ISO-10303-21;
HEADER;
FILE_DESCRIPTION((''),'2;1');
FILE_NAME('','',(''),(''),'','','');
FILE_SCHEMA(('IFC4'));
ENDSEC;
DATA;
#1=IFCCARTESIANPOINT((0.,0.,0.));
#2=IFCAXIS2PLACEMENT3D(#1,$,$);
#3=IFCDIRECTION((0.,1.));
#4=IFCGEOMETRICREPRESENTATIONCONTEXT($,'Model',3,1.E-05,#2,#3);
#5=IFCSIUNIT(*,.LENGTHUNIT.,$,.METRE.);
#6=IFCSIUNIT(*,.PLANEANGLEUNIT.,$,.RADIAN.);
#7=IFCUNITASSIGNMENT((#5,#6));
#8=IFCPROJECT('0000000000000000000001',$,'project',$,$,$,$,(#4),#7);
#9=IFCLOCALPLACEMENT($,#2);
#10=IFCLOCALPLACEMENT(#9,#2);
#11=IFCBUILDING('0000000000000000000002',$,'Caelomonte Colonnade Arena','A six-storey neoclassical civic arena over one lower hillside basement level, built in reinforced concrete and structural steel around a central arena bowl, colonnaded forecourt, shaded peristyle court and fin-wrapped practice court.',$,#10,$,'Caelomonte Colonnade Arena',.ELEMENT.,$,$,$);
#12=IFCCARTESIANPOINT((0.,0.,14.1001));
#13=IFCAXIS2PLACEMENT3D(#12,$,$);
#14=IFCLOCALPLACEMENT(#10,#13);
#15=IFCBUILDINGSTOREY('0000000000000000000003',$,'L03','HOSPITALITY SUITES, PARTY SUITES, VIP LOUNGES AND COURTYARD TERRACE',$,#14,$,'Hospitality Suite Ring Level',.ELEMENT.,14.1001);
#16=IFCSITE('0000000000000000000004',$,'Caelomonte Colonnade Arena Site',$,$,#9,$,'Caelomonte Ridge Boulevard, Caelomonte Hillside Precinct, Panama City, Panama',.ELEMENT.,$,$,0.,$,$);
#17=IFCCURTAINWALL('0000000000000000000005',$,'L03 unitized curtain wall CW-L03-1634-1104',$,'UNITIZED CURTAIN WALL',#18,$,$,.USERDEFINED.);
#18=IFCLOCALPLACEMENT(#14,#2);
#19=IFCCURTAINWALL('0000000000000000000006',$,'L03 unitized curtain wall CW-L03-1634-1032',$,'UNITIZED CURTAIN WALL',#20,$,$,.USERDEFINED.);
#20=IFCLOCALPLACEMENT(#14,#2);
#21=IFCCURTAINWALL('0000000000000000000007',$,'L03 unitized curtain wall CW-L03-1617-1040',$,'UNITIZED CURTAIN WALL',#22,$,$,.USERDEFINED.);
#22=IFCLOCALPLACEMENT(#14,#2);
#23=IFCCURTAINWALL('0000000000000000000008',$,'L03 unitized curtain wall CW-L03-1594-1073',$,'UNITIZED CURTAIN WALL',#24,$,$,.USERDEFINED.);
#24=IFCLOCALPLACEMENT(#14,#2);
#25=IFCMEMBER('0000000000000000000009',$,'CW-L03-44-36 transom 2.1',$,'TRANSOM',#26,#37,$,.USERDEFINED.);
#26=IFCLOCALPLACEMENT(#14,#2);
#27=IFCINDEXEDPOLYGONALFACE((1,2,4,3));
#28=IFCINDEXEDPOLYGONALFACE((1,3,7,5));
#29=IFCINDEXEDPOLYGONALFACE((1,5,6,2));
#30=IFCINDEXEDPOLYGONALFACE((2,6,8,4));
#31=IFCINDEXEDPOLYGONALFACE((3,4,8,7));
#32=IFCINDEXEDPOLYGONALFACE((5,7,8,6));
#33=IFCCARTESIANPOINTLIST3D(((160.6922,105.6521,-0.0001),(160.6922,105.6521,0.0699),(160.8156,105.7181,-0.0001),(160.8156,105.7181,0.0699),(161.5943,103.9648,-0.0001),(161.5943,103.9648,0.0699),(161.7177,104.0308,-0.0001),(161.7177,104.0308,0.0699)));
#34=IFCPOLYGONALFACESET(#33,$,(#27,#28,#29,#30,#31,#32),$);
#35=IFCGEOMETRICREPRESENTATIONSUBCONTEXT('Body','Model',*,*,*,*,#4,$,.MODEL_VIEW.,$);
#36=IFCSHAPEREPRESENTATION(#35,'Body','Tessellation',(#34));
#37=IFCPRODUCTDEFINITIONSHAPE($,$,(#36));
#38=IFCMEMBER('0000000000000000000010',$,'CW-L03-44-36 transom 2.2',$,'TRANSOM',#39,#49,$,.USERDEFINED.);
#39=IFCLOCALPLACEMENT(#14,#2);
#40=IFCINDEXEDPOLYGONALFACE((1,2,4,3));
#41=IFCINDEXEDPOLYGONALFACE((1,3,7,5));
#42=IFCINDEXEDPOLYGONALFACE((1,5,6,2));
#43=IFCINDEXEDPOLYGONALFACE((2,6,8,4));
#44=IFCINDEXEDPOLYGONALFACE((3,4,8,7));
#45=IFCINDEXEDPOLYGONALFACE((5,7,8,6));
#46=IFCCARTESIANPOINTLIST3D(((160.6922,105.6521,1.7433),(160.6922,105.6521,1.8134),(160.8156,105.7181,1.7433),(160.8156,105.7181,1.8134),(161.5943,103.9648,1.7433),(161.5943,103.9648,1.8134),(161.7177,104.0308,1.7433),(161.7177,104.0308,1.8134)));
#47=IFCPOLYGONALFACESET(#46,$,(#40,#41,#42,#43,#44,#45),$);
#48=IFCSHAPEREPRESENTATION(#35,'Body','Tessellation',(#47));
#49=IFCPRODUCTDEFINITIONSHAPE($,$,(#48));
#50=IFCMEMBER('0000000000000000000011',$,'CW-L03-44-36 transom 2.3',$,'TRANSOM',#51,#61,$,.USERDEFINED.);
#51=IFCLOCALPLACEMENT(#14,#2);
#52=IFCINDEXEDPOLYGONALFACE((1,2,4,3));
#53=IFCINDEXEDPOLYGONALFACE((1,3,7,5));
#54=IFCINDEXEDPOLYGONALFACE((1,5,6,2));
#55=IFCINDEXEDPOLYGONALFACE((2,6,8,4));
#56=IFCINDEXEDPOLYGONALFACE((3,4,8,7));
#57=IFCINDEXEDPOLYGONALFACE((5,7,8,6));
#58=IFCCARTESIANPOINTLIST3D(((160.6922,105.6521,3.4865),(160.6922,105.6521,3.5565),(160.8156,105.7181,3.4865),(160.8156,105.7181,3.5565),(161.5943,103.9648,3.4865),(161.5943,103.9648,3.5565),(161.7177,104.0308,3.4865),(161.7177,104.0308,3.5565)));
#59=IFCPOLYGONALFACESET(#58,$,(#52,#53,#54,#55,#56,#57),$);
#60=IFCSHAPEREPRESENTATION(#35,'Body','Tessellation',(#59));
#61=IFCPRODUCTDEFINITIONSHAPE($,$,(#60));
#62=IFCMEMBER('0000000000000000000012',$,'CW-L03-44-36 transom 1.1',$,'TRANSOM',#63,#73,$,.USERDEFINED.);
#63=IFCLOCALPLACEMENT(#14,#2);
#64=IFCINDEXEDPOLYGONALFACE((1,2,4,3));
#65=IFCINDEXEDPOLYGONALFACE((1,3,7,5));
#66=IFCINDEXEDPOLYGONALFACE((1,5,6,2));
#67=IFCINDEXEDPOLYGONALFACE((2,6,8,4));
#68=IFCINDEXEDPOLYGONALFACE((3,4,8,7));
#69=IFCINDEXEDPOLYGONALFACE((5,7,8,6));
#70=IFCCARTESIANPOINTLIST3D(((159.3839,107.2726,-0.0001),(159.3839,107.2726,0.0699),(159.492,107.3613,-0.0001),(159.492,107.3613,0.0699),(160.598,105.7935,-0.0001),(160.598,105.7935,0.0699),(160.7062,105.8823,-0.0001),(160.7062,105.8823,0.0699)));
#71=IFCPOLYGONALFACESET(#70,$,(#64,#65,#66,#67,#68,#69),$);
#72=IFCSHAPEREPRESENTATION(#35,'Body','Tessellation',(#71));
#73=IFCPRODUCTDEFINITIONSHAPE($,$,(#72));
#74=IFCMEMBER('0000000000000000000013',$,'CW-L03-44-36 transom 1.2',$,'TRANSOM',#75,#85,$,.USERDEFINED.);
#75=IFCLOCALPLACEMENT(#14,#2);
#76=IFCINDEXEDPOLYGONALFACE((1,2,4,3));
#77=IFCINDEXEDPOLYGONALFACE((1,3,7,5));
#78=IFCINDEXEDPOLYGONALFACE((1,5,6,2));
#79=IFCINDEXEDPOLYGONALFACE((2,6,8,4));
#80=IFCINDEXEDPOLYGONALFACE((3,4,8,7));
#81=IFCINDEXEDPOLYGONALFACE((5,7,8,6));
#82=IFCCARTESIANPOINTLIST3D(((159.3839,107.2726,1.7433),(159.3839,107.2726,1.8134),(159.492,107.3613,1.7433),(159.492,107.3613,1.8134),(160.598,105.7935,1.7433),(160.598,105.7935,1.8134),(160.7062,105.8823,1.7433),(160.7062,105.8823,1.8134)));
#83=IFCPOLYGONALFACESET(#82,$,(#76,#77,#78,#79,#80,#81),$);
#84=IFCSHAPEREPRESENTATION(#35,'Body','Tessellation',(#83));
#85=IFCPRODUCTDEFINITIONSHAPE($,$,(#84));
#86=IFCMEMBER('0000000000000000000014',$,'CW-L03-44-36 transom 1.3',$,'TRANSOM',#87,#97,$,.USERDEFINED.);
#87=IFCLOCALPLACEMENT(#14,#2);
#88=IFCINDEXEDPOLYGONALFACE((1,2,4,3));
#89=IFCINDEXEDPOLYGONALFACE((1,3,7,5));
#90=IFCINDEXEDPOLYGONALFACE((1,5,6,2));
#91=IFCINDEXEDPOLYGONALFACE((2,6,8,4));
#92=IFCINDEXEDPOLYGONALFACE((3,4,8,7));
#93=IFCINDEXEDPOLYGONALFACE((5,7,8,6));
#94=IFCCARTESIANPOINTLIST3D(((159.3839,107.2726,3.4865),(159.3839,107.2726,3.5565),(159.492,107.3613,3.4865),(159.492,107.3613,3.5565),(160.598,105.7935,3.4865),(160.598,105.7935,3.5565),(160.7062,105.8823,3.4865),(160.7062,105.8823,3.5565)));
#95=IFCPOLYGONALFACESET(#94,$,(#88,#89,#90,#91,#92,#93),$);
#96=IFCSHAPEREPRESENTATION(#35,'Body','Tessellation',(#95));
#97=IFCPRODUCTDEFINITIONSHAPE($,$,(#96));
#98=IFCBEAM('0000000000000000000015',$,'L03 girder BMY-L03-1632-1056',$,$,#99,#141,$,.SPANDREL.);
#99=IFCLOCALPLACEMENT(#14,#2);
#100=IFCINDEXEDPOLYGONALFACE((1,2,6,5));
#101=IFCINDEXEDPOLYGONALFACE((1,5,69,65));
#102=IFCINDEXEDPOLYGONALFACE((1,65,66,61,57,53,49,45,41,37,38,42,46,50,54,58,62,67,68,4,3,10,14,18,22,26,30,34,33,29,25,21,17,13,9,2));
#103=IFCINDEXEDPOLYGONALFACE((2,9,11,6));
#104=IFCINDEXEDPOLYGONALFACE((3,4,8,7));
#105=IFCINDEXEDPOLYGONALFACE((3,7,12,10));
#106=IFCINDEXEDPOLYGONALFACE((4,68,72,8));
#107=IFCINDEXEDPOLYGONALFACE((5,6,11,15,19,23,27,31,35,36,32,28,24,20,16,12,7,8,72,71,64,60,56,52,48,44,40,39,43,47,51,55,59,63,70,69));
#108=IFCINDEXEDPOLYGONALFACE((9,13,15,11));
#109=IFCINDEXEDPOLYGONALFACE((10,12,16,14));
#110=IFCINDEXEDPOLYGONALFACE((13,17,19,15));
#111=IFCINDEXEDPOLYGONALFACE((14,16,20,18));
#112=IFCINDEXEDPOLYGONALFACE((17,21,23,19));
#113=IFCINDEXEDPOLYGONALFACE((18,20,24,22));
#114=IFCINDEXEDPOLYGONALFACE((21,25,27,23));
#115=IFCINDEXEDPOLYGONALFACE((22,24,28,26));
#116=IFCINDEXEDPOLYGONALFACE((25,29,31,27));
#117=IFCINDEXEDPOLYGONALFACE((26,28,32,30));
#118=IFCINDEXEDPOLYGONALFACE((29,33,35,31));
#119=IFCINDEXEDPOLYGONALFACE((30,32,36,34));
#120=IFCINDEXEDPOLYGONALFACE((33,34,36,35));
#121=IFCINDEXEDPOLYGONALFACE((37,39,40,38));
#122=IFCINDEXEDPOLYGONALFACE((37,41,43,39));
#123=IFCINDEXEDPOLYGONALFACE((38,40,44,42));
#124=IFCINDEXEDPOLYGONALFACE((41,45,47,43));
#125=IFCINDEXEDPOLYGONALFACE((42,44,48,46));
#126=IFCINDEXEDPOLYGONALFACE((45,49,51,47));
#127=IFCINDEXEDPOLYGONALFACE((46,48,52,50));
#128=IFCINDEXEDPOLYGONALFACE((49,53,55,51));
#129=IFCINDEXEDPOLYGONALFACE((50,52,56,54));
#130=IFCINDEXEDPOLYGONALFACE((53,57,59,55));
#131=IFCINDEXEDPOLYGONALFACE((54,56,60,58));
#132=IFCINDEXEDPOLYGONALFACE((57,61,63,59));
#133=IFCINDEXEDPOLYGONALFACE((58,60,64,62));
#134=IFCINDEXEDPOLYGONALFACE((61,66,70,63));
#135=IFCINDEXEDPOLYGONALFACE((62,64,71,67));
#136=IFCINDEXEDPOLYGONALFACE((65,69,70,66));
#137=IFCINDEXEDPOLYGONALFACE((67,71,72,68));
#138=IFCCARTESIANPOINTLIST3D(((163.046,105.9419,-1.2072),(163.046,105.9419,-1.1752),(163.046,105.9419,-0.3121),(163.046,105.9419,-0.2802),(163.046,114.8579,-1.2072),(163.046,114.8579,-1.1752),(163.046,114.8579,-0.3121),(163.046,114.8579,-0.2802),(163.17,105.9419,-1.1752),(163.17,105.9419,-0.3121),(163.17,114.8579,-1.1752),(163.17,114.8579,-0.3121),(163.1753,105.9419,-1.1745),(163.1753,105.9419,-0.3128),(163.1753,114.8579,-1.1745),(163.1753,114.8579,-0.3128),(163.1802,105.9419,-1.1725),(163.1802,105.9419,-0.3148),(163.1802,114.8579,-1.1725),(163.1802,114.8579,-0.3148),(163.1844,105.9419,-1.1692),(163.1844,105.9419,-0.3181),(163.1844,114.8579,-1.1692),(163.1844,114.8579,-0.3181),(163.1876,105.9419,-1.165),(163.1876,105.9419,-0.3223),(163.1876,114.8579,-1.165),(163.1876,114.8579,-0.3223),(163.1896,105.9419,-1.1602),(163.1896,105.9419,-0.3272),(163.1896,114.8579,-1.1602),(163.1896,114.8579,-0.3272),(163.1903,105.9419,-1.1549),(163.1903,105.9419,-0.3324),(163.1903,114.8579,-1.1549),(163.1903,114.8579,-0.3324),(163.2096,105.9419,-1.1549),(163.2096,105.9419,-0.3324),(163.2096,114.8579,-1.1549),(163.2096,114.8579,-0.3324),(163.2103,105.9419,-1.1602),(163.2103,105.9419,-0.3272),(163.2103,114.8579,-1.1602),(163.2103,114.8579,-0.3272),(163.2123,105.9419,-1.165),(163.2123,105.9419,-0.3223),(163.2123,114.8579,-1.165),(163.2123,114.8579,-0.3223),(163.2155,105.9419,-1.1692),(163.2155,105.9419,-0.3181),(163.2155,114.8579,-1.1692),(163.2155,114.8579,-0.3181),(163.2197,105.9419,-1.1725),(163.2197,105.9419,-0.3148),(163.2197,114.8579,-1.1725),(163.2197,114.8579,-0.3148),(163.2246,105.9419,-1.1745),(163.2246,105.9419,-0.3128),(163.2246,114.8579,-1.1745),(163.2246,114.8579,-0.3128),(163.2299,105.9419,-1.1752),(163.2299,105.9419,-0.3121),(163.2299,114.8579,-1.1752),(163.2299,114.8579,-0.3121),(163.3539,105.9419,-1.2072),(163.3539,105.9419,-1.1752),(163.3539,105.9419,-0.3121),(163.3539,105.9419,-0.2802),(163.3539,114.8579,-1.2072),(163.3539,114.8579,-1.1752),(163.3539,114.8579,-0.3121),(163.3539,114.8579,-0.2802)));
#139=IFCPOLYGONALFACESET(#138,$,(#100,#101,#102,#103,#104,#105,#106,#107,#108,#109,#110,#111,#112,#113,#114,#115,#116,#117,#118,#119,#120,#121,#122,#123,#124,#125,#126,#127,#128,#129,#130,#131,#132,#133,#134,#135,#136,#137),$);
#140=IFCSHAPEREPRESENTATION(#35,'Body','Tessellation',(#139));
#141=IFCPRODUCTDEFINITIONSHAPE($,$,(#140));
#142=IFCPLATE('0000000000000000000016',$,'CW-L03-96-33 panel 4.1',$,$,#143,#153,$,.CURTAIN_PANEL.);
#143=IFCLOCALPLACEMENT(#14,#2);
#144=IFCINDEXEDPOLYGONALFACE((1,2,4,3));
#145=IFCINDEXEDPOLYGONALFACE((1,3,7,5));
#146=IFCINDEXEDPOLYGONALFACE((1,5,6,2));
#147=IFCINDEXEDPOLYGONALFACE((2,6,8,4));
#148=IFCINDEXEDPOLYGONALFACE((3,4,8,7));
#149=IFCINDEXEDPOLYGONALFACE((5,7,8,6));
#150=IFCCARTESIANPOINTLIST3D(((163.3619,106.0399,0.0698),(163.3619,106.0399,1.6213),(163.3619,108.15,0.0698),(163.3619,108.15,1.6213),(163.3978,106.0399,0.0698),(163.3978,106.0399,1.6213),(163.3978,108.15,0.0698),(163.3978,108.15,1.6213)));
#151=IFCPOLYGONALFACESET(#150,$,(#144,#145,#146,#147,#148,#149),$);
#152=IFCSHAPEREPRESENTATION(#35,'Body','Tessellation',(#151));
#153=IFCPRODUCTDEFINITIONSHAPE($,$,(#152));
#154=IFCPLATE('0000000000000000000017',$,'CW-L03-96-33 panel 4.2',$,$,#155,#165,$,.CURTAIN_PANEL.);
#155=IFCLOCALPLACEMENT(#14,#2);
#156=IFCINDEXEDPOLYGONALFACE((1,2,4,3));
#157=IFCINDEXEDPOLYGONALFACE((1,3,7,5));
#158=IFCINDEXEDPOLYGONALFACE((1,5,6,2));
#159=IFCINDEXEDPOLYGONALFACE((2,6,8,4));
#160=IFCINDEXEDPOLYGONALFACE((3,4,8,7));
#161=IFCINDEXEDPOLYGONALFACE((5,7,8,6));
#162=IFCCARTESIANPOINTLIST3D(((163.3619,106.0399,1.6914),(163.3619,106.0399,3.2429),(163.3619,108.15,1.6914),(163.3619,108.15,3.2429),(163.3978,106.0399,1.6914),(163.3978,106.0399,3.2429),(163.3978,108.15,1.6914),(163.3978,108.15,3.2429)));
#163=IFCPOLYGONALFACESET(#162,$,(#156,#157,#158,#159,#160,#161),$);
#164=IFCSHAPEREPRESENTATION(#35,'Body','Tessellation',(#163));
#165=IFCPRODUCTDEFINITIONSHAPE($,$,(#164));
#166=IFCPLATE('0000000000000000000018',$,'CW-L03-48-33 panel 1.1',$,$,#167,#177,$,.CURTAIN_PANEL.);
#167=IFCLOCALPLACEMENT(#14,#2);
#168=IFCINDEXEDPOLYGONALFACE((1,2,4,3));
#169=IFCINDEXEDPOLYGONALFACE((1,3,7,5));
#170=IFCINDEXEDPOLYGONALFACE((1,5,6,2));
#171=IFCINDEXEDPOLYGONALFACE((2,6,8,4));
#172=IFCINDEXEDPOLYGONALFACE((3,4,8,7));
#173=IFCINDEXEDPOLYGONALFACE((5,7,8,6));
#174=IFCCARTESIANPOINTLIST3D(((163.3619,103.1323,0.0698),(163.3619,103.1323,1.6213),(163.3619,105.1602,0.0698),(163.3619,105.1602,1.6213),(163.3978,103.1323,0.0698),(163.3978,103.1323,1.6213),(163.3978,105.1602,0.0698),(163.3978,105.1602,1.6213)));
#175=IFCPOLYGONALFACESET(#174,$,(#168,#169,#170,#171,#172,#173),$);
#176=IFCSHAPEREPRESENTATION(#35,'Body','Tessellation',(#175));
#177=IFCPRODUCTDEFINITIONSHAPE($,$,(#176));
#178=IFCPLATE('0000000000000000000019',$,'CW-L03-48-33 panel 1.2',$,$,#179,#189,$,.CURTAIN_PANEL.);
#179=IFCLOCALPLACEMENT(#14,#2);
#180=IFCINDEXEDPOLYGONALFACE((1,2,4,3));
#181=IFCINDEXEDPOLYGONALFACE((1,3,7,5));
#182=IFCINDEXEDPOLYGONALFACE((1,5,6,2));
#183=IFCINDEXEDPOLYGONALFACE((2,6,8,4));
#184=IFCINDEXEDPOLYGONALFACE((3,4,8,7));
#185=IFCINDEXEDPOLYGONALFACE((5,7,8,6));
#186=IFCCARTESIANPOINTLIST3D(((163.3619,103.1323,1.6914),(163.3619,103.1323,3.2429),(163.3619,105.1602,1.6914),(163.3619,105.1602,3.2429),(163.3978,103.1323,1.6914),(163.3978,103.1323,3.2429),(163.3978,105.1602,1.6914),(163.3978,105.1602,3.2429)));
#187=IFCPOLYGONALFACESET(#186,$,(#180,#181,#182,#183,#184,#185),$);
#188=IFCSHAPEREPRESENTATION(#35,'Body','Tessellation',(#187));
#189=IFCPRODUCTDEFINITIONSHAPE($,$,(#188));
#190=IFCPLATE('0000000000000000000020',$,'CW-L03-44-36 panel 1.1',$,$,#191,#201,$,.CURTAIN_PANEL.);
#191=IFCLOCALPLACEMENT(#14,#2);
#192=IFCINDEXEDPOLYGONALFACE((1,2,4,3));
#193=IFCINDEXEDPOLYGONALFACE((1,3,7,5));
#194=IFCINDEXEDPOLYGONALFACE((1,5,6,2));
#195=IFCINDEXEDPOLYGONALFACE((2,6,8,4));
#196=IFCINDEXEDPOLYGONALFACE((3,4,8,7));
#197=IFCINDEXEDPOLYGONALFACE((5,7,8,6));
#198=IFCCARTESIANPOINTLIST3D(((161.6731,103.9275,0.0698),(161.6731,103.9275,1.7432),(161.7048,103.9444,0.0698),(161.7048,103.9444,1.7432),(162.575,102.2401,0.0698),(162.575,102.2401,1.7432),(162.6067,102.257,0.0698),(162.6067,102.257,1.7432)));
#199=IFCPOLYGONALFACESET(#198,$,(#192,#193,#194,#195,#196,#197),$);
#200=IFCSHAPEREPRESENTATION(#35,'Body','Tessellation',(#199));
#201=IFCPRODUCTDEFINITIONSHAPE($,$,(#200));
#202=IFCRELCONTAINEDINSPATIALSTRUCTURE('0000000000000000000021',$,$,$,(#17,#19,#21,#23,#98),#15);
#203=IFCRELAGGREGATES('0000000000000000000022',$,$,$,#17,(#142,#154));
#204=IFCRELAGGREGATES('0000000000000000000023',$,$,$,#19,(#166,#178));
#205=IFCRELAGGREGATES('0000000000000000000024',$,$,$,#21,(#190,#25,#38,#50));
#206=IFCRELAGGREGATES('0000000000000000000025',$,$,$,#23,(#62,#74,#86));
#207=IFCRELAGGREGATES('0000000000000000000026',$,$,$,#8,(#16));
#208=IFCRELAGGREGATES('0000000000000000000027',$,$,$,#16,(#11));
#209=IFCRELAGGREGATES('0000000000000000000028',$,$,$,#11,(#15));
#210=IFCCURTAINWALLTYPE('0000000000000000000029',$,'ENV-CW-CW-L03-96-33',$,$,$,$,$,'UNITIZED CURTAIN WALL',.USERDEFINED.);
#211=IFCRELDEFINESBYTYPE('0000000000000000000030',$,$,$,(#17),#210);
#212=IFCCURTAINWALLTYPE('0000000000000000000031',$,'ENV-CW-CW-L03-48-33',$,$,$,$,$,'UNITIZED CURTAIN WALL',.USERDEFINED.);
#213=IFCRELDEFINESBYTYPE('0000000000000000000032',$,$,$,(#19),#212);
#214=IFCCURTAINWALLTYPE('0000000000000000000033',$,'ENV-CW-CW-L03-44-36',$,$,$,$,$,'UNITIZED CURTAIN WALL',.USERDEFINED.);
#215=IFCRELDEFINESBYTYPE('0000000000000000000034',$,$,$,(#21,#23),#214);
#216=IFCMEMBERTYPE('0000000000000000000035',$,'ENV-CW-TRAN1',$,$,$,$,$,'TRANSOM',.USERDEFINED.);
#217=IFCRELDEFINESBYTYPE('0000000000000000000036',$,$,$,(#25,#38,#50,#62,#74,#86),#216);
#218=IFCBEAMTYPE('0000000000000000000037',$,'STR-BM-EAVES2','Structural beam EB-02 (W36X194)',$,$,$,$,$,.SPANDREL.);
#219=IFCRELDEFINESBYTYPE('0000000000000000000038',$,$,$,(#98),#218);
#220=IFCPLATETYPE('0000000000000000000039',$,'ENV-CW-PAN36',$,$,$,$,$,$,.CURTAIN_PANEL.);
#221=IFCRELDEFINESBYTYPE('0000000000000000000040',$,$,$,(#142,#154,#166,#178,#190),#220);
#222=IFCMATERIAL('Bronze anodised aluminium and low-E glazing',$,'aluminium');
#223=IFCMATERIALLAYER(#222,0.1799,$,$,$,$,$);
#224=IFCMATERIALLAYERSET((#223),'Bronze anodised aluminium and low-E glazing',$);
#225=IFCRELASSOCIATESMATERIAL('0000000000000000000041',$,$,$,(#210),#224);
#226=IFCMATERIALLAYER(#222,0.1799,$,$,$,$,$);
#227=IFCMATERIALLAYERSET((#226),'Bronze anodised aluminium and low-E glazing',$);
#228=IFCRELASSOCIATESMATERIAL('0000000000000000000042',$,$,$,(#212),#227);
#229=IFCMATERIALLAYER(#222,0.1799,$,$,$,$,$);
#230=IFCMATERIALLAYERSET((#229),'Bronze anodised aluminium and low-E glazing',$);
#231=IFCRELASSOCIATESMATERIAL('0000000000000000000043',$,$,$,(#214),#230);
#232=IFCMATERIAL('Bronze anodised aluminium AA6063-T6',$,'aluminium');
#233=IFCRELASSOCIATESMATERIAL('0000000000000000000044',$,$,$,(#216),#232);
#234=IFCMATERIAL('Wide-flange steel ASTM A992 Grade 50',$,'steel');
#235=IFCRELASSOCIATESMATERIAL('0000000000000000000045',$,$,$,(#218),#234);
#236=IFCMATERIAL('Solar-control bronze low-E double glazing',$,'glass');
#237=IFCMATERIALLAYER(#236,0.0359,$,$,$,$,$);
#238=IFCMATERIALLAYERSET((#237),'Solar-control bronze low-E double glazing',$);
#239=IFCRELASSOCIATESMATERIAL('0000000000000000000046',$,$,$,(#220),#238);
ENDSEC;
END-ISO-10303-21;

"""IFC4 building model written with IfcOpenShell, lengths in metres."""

from ifc_helpers import new_model, si_unit, direction, frame, origin, origin_2d, place, context, subcontext, project, spatial, rectangle, i_section, extrude, material, layer, layer_set, material_profile, profile_set, type_object, element, aggregate, save


model = new_model("IFC4")

# Units and contexts
model_context = context("Model", 3, precision=1e-05, world=origin(), true_north=direction((0.0, 1.0)))
body_context = subcontext(model_context, "Body", "Model", "MODEL_VIEW")
ifc_project = project(units=[si_unit("LENGTHUNIT", "METRE"), si_unit("PLANEANGLEUNIT", "RADIAN")], contexts=[model_context])

# Site, building, storey
site_placement = place(None, origin())
site = spatial("IfcSite", under=ifc_project, at=site_placement, Name="Caelomonte Colonnade Arena Site", LongName="Caelomonte Ridge Boulevard, Caelomonte Hillside Precinct, Panama City, Panama", CompositionType="ELEMENT", RefElevation=0.0)
building_placement = place(site_placement, origin())
building = spatial("IfcBuilding", under=site, at=building_placement, Name="Caelomonte Colonnade Arena", Description="A six-storey neoclassical civic arena over one lower hillside basement level, built in reinforced concrete and structural steel around a central arena bowl, colonnaded forecourt, shaded peristyle court and fin-wrapped practice court.", LongName="Caelomonte Colonnade Arena", CompositionType="ELEMENT")
storey_placement = place(building_placement, frame((0.0, 0.0, 14.1001)))
storey = spatial("IfcBuildingStorey", under=building, at=storey_placement, Name="L03", Description="HOSPITALITY SUITES, PARTY SUITES, VIP LOUNGES AND COURTYARD TERRACE", LongName="Hospitality Suite Ring Level", CompositionType="ELEMENT", Elevation=14.1001)

# Curtain wall
ifc_material_1 = material(Name="Bronze anodised aluminium and low-E glazing", Category="aluminium")
ifc_layer_1 = layer(ifc_material_1, 0.1799)
ifc_layer_set_1 = layer_set([ifc_layer_1], Name="Bronze anodised aluminium and low-E glazing")
curtain_wall_type_1 = type_object("IfcCurtainWallType", Name="ENV-CW-CW-L03-96-33", ElementType="UNITIZED CURTAIN WALL", PredefinedType="USERDEFINED", material=ifc_layer_set_1)
curtain_wall_1_placement = place(storey_placement, origin())
curtain_wall_1 = element("IfcCurtainWall", 1, at=curtain_wall_1_placement, inside=storey, type_object=curtain_wall_type_1, Name="L03 unitized curtain wall CW-L03-1634-1104", ObjectType="UNITIZED CURTAIN WALL", PredefinedType="USERDEFINED")
ifc_material_2 = material(Name="Bronze anodised aluminium AA6063-T6", Category="aluminium")

# Curtain walls
ifc_layer_2 = layer(ifc_material_1, 0.1799)
ifc_layer_set_2 = layer_set([ifc_layer_2], Name="Bronze anodised aluminium and low-E glazing")
curtain_wall_type_2 = type_object("IfcCurtainWallType", Name="ENV-CW-CW-L03-48-33", ElementType="UNITIZED CURTAIN WALL", PredefinedType="USERDEFINED", material=ifc_layer_set_2)
curtain_wall_2_placement = place(storey_placement, origin())
curtain_wall_2 = element("IfcCurtainWall", 2, at=curtain_wall_2_placement, inside=storey, type_object=curtain_wall_type_2, Name="L03 unitized curtain wall CW-L03-1634-1032", ObjectType="UNITIZED CURTAIN WALL", PredefinedType="USERDEFINED")
ifc_layer_3 = layer(ifc_material_1, 0.1799)
ifc_layer_set_3 = layer_set([ifc_layer_3], Name="Bronze anodised aluminium and low-E glazing")
curtain_wall_type_3 = type_object("IfcCurtainWallType", Name="ENV-CW-CW-L03-44-36", ElementType="UNITIZED CURTAIN WALL", PredefinedType="USERDEFINED", material=ifc_layer_set_3)
curtain_wall_3_placement = place(storey_placement, origin())
curtain_wall_3 = element("IfcCurtainWall", 3, at=curtain_wall_3_placement, inside=storey, type_object=curtain_wall_type_3, Name="L03 unitized curtain wall CW-L03-1617-1040", ObjectType="UNITIZED CURTAIN WALL", PredefinedType="USERDEFINED")
curtain_wall_4_placement = place(storey_placement, origin())
curtain_wall_4 = element("IfcCurtainWall", 4, at=curtain_wall_4_placement, inside=storey, type_object=curtain_wall_type_3, Name="L03 unitized curtain wall CW-L03-1594-1073", ObjectType="UNITIZED CURTAIN WALL", PredefinedType="USERDEFINED")

# Members
ifc_material_profile_1 = material_profile(ifc_material_2, rectangle(XDim=0.0701, YDim=0.1399, at=origin_2d()), Name="CWT-70X140")
ifc_profile_set_1 = profile_set([ifc_material_profile_1], Name="Bronze anodised aluminium AA6063-T6")
member_type_1 = type_object("IfcMemberType", Name="ENV-CW-TRAN1", ElementType="TRANSOM", PredefinedType="USERDEFINED", material=ifc_profile_set_1)
member_1_placement = place(storey_placement, frame((161.656, 103.9978, 0.0349), z_axis=(-0.471495, 0.881869, 0.0), x_axis=(0.0, 0.0, 1.0)))
member_1 = element("IfcMember", 5, at=member_1_placement, type_object=member_type_1, Name="CW-L03-44-36 transom 2.1", ObjectType="TRANSOM", PredefinedType="USERDEFINED", context=body_context, shape_type="SweptSolid", body=[
    extrude(rectangle(XDim=0.0701, YDim=0.1399, at=origin_2d()), origin(), (0.0, 0.0, 1.0), 1.9133),
])
member_2_placement = place(storey_placement, frame((161.656, 103.9978, 1.7783), z_axis=(-0.471495, 0.881869, 0.0), x_axis=(0.0, 0.0, 1.0)))
member_2 = element("IfcMember", 6, at=member_2_placement, type_object=member_type_1, Name="CW-L03-44-36 transom 2.2", ObjectType="TRANSOM", PredefinedType="USERDEFINED", context=body_context, shape_type="SweptSolid", body=[
    extrude(rectangle(XDim=0.0701, YDim=0.1399, at=origin_2d()), origin(), (0.0, 0.0, 1.0), 1.9133),
])
member_3_placement = place(storey_placement, frame((161.656, 103.9978, 3.5215), z_axis=(-0.471495, 0.881869, 0.0), x_axis=(0.0, 0.0, 1.0)))
member_3 = element("IfcMember", 7, at=member_3_placement, type_object=member_type_1, Name="CW-L03-44-36 transom 2.3", ObjectType="TRANSOM", PredefinedType="USERDEFINED", context=body_context, shape_type="SweptSolid", body=[
    extrude(rectangle(XDim=0.0701, YDim=0.1399, at=origin_2d()), origin(), (0.0, 0.0, 1.0), 1.9133),
])
member_4_placement = place(storey_placement, frame((160.6521, 105.8379, 0.0349), z_axis=(-0.634495, 0.772927, 0.0), x_axis=(0.0, 0.0, 1.0)))
member_4 = element("IfcMember", 8, at=member_4_placement, type_object=member_type_1, Name="CW-L03-44-36 transom 1.1", ObjectType="TRANSOM", PredefinedType="USERDEFINED", context=body_context, shape_type="SweptSolid", body=[
    extrude(rectangle(XDim=0.0701, YDim=0.1399, at=origin_2d()), origin(), (0.0, 0.0, 1.0), 1.9136),
])
member_5_placement = place(storey_placement, frame((160.6521, 105.8379, 1.7783), z_axis=(-0.634495, 0.772927, 0.0), x_axis=(0.0, 0.0, 1.0)))
member_5 = element("IfcMember", 9, at=member_5_placement, type_object=member_type_1, Name="CW-L03-44-36 transom 1.2", ObjectType="TRANSOM", PredefinedType="USERDEFINED", context=body_context, shape_type="SweptSolid", body=[
    extrude(rectangle(XDim=0.0701, YDim=0.1399, at=origin_2d()), origin(), (0.0, 0.0, 1.0), 1.9136),
])
member_6_placement = place(storey_placement, frame((160.6521, 105.8379, 3.5215), z_axis=(-0.634495, 0.772927, 0.0), x_axis=(0.0, 0.0, 1.0)))
member_6 = element("IfcMember", 10, at=member_6_placement, type_object=member_type_1, Name="CW-L03-44-36 transom 1.3", ObjectType="TRANSOM", PredefinedType="USERDEFINED", context=body_context, shape_type="SweptSolid", body=[
    extrude(rectangle(XDim=0.0701, YDim=0.1399, at=origin_2d()), origin(), (0.0, 0.0, 1.0), 1.9136),
])

# Beam
ifc_material_3 = material(Name="Wide-flange steel ASTM A992 Grade 50", Category="steel")
ifc_material_profile_2 = material_profile(ifc_material_3, i_section(OverallWidth=0.3079, OverallDepth=0.927, WebThickness=0.0193, FlangeThickness=0.032, FilletRadius=0.0203, at=origin_2d()), Name="W36X194")
ifc_profile_set_2 = profile_set([ifc_material_profile_2], Name="Wide-flange steel ASTM A992 Grade 50")
beam_type = type_object("IfcBeamType", Name="STR-BM-EAVES2", Description="Structural beam EB-02 (W36X194)", PredefinedType="SPANDREL", material=ifc_profile_set_2)
beam_placement = place(storey_placement, frame((163.2, 105.9419, -0.7437), z_axis=(0.0, 1.0, 0.0), x_axis=(-1.0, 0.0, 0.0)))
element("IfcBeam", 11, at=beam_placement, inside=storey, type_object=beam_type, Name="L03 girder BMY-L03-1632-1056", PredefinedType="SPANDREL", context=body_context, shape_type="SweptSolid", body=[
    extrude(i_section(OverallWidth=0.3079, OverallDepth=0.927, WebThickness=0.0193, FlangeThickness=0.032, FilletRadius=0.0203, at=origin_2d()), origin(), (0.0, 0.0, 1.0), 8.916),
])

# Plates
ifc_material_4 = material(Name="Solar-control bronze low-E double glazing", Category="glass")
ifc_layer_4 = layer(ifc_material_4, 0.0359)
ifc_layer_set_4 = layer_set([ifc_layer_4], Name="Solar-control bronze low-E double glazing")
plate_type = type_object("IfcPlateType", Name="ENV-CW-PAN36", PredefinedType="CURTAIN_PANEL", material=ifc_layer_set_4)
plate_1_placement = place(storey_placement, frame((163.3799, 107.095, 0.0698), z_axis=(0.0, 0.0, 1.0), x_axis=(0.0, -1.0, 0.0)))
plate_1 = element("IfcPlate", 12, at=plate_1_placement, type_object=plate_type, Name="CW-L03-96-33 panel 4.1", PredefinedType="CURTAIN_PANEL", context=body_context, shape_type="SweptSolid", body=[
    extrude(rectangle(XDim=2.1101, YDim=0.0359, at=origin_2d()), origin(), (0.0, 0.0, 1.0), 1.5515),
])
plate_2_placement = place(storey_placement, frame((163.3799, 107.095, 1.6914), z_axis=(0.0, 0.0, 1.0), x_axis=(0.0, -1.0, 0.0)))
plate_2 = element("IfcPlate", 13, at=plate_2_placement, type_object=plate_type, Name="CW-L03-96-33 panel 4.2", PredefinedType="CURTAIN_PANEL", context=body_context, shape_type="SweptSolid", body=[
    extrude(rectangle(XDim=2.1101, YDim=0.0359, at=origin_2d()), origin(), (0.0, 0.0, 1.0), 1.5515),
])
aggregate(curtain_wall_1, [plate_1, plate_2])
plate_3_placement = place(storey_placement, frame((163.3799, 104.1462, 0.0698), z_axis=(0.0, 0.0, 1.0), x_axis=(0.0, -1.0, 0.0)))
plate_3 = element("IfcPlate", 14, at=plate_3_placement, type_object=plate_type, Name="CW-L03-48-33 panel 1.1", PredefinedType="CURTAIN_PANEL", context=body_context, shape_type="SweptSolid", body=[
    extrude(rectangle(XDim=2.0278, YDim=0.0359, at=origin_2d()), origin(), (0.0, 0.0, 1.0), 1.5515),
])
plate_4_placement = place(storey_placement, frame((163.3799, 104.1462, 1.6914), z_axis=(0.0, 0.0, 1.0), x_axis=(0.0, -1.0, 0.0)))
plate_4 = element("IfcPlate", 15, at=plate_4_placement, type_object=plate_type, Name="CW-L03-48-33 panel 1.2", PredefinedType="CURTAIN_PANEL", context=body_context, shape_type="SweptSolid", body=[
    extrude(rectangle(XDim=2.0278, YDim=0.0359, at=origin_2d()), origin(), (0.0, 0.0, 1.0), 1.5515),
])
aggregate(curtain_wall_2, [plate_3, plate_4])
plate_5_placement = place(storey_placement, frame((162.1399, 103.0923, 0.0698), z_axis=(0.0, 0.0, 1.0), x_axis=(-0.471394, 0.881923, 0.0)))
plate_5 = element("IfcPlate", 16, at=plate_5_placement, type_object=plate_type, Name="CW-L03-44-36 panel 1.1", PredefinedType="CURTAIN_PANEL", context=body_context, shape_type="SweptSolid", body=[
    extrude(rectangle(XDim=1.9133, YDim=0.0359, at=origin_2d()), origin(), (0.0, 0.0, 1.0), 1.6733),
])
aggregate(curtain_wall_3, [plate_5, member_1, member_2, member_3])
aggregate(curtain_wall_4, [member_4, member_5, member_6])

save(model, "model.ifc")
